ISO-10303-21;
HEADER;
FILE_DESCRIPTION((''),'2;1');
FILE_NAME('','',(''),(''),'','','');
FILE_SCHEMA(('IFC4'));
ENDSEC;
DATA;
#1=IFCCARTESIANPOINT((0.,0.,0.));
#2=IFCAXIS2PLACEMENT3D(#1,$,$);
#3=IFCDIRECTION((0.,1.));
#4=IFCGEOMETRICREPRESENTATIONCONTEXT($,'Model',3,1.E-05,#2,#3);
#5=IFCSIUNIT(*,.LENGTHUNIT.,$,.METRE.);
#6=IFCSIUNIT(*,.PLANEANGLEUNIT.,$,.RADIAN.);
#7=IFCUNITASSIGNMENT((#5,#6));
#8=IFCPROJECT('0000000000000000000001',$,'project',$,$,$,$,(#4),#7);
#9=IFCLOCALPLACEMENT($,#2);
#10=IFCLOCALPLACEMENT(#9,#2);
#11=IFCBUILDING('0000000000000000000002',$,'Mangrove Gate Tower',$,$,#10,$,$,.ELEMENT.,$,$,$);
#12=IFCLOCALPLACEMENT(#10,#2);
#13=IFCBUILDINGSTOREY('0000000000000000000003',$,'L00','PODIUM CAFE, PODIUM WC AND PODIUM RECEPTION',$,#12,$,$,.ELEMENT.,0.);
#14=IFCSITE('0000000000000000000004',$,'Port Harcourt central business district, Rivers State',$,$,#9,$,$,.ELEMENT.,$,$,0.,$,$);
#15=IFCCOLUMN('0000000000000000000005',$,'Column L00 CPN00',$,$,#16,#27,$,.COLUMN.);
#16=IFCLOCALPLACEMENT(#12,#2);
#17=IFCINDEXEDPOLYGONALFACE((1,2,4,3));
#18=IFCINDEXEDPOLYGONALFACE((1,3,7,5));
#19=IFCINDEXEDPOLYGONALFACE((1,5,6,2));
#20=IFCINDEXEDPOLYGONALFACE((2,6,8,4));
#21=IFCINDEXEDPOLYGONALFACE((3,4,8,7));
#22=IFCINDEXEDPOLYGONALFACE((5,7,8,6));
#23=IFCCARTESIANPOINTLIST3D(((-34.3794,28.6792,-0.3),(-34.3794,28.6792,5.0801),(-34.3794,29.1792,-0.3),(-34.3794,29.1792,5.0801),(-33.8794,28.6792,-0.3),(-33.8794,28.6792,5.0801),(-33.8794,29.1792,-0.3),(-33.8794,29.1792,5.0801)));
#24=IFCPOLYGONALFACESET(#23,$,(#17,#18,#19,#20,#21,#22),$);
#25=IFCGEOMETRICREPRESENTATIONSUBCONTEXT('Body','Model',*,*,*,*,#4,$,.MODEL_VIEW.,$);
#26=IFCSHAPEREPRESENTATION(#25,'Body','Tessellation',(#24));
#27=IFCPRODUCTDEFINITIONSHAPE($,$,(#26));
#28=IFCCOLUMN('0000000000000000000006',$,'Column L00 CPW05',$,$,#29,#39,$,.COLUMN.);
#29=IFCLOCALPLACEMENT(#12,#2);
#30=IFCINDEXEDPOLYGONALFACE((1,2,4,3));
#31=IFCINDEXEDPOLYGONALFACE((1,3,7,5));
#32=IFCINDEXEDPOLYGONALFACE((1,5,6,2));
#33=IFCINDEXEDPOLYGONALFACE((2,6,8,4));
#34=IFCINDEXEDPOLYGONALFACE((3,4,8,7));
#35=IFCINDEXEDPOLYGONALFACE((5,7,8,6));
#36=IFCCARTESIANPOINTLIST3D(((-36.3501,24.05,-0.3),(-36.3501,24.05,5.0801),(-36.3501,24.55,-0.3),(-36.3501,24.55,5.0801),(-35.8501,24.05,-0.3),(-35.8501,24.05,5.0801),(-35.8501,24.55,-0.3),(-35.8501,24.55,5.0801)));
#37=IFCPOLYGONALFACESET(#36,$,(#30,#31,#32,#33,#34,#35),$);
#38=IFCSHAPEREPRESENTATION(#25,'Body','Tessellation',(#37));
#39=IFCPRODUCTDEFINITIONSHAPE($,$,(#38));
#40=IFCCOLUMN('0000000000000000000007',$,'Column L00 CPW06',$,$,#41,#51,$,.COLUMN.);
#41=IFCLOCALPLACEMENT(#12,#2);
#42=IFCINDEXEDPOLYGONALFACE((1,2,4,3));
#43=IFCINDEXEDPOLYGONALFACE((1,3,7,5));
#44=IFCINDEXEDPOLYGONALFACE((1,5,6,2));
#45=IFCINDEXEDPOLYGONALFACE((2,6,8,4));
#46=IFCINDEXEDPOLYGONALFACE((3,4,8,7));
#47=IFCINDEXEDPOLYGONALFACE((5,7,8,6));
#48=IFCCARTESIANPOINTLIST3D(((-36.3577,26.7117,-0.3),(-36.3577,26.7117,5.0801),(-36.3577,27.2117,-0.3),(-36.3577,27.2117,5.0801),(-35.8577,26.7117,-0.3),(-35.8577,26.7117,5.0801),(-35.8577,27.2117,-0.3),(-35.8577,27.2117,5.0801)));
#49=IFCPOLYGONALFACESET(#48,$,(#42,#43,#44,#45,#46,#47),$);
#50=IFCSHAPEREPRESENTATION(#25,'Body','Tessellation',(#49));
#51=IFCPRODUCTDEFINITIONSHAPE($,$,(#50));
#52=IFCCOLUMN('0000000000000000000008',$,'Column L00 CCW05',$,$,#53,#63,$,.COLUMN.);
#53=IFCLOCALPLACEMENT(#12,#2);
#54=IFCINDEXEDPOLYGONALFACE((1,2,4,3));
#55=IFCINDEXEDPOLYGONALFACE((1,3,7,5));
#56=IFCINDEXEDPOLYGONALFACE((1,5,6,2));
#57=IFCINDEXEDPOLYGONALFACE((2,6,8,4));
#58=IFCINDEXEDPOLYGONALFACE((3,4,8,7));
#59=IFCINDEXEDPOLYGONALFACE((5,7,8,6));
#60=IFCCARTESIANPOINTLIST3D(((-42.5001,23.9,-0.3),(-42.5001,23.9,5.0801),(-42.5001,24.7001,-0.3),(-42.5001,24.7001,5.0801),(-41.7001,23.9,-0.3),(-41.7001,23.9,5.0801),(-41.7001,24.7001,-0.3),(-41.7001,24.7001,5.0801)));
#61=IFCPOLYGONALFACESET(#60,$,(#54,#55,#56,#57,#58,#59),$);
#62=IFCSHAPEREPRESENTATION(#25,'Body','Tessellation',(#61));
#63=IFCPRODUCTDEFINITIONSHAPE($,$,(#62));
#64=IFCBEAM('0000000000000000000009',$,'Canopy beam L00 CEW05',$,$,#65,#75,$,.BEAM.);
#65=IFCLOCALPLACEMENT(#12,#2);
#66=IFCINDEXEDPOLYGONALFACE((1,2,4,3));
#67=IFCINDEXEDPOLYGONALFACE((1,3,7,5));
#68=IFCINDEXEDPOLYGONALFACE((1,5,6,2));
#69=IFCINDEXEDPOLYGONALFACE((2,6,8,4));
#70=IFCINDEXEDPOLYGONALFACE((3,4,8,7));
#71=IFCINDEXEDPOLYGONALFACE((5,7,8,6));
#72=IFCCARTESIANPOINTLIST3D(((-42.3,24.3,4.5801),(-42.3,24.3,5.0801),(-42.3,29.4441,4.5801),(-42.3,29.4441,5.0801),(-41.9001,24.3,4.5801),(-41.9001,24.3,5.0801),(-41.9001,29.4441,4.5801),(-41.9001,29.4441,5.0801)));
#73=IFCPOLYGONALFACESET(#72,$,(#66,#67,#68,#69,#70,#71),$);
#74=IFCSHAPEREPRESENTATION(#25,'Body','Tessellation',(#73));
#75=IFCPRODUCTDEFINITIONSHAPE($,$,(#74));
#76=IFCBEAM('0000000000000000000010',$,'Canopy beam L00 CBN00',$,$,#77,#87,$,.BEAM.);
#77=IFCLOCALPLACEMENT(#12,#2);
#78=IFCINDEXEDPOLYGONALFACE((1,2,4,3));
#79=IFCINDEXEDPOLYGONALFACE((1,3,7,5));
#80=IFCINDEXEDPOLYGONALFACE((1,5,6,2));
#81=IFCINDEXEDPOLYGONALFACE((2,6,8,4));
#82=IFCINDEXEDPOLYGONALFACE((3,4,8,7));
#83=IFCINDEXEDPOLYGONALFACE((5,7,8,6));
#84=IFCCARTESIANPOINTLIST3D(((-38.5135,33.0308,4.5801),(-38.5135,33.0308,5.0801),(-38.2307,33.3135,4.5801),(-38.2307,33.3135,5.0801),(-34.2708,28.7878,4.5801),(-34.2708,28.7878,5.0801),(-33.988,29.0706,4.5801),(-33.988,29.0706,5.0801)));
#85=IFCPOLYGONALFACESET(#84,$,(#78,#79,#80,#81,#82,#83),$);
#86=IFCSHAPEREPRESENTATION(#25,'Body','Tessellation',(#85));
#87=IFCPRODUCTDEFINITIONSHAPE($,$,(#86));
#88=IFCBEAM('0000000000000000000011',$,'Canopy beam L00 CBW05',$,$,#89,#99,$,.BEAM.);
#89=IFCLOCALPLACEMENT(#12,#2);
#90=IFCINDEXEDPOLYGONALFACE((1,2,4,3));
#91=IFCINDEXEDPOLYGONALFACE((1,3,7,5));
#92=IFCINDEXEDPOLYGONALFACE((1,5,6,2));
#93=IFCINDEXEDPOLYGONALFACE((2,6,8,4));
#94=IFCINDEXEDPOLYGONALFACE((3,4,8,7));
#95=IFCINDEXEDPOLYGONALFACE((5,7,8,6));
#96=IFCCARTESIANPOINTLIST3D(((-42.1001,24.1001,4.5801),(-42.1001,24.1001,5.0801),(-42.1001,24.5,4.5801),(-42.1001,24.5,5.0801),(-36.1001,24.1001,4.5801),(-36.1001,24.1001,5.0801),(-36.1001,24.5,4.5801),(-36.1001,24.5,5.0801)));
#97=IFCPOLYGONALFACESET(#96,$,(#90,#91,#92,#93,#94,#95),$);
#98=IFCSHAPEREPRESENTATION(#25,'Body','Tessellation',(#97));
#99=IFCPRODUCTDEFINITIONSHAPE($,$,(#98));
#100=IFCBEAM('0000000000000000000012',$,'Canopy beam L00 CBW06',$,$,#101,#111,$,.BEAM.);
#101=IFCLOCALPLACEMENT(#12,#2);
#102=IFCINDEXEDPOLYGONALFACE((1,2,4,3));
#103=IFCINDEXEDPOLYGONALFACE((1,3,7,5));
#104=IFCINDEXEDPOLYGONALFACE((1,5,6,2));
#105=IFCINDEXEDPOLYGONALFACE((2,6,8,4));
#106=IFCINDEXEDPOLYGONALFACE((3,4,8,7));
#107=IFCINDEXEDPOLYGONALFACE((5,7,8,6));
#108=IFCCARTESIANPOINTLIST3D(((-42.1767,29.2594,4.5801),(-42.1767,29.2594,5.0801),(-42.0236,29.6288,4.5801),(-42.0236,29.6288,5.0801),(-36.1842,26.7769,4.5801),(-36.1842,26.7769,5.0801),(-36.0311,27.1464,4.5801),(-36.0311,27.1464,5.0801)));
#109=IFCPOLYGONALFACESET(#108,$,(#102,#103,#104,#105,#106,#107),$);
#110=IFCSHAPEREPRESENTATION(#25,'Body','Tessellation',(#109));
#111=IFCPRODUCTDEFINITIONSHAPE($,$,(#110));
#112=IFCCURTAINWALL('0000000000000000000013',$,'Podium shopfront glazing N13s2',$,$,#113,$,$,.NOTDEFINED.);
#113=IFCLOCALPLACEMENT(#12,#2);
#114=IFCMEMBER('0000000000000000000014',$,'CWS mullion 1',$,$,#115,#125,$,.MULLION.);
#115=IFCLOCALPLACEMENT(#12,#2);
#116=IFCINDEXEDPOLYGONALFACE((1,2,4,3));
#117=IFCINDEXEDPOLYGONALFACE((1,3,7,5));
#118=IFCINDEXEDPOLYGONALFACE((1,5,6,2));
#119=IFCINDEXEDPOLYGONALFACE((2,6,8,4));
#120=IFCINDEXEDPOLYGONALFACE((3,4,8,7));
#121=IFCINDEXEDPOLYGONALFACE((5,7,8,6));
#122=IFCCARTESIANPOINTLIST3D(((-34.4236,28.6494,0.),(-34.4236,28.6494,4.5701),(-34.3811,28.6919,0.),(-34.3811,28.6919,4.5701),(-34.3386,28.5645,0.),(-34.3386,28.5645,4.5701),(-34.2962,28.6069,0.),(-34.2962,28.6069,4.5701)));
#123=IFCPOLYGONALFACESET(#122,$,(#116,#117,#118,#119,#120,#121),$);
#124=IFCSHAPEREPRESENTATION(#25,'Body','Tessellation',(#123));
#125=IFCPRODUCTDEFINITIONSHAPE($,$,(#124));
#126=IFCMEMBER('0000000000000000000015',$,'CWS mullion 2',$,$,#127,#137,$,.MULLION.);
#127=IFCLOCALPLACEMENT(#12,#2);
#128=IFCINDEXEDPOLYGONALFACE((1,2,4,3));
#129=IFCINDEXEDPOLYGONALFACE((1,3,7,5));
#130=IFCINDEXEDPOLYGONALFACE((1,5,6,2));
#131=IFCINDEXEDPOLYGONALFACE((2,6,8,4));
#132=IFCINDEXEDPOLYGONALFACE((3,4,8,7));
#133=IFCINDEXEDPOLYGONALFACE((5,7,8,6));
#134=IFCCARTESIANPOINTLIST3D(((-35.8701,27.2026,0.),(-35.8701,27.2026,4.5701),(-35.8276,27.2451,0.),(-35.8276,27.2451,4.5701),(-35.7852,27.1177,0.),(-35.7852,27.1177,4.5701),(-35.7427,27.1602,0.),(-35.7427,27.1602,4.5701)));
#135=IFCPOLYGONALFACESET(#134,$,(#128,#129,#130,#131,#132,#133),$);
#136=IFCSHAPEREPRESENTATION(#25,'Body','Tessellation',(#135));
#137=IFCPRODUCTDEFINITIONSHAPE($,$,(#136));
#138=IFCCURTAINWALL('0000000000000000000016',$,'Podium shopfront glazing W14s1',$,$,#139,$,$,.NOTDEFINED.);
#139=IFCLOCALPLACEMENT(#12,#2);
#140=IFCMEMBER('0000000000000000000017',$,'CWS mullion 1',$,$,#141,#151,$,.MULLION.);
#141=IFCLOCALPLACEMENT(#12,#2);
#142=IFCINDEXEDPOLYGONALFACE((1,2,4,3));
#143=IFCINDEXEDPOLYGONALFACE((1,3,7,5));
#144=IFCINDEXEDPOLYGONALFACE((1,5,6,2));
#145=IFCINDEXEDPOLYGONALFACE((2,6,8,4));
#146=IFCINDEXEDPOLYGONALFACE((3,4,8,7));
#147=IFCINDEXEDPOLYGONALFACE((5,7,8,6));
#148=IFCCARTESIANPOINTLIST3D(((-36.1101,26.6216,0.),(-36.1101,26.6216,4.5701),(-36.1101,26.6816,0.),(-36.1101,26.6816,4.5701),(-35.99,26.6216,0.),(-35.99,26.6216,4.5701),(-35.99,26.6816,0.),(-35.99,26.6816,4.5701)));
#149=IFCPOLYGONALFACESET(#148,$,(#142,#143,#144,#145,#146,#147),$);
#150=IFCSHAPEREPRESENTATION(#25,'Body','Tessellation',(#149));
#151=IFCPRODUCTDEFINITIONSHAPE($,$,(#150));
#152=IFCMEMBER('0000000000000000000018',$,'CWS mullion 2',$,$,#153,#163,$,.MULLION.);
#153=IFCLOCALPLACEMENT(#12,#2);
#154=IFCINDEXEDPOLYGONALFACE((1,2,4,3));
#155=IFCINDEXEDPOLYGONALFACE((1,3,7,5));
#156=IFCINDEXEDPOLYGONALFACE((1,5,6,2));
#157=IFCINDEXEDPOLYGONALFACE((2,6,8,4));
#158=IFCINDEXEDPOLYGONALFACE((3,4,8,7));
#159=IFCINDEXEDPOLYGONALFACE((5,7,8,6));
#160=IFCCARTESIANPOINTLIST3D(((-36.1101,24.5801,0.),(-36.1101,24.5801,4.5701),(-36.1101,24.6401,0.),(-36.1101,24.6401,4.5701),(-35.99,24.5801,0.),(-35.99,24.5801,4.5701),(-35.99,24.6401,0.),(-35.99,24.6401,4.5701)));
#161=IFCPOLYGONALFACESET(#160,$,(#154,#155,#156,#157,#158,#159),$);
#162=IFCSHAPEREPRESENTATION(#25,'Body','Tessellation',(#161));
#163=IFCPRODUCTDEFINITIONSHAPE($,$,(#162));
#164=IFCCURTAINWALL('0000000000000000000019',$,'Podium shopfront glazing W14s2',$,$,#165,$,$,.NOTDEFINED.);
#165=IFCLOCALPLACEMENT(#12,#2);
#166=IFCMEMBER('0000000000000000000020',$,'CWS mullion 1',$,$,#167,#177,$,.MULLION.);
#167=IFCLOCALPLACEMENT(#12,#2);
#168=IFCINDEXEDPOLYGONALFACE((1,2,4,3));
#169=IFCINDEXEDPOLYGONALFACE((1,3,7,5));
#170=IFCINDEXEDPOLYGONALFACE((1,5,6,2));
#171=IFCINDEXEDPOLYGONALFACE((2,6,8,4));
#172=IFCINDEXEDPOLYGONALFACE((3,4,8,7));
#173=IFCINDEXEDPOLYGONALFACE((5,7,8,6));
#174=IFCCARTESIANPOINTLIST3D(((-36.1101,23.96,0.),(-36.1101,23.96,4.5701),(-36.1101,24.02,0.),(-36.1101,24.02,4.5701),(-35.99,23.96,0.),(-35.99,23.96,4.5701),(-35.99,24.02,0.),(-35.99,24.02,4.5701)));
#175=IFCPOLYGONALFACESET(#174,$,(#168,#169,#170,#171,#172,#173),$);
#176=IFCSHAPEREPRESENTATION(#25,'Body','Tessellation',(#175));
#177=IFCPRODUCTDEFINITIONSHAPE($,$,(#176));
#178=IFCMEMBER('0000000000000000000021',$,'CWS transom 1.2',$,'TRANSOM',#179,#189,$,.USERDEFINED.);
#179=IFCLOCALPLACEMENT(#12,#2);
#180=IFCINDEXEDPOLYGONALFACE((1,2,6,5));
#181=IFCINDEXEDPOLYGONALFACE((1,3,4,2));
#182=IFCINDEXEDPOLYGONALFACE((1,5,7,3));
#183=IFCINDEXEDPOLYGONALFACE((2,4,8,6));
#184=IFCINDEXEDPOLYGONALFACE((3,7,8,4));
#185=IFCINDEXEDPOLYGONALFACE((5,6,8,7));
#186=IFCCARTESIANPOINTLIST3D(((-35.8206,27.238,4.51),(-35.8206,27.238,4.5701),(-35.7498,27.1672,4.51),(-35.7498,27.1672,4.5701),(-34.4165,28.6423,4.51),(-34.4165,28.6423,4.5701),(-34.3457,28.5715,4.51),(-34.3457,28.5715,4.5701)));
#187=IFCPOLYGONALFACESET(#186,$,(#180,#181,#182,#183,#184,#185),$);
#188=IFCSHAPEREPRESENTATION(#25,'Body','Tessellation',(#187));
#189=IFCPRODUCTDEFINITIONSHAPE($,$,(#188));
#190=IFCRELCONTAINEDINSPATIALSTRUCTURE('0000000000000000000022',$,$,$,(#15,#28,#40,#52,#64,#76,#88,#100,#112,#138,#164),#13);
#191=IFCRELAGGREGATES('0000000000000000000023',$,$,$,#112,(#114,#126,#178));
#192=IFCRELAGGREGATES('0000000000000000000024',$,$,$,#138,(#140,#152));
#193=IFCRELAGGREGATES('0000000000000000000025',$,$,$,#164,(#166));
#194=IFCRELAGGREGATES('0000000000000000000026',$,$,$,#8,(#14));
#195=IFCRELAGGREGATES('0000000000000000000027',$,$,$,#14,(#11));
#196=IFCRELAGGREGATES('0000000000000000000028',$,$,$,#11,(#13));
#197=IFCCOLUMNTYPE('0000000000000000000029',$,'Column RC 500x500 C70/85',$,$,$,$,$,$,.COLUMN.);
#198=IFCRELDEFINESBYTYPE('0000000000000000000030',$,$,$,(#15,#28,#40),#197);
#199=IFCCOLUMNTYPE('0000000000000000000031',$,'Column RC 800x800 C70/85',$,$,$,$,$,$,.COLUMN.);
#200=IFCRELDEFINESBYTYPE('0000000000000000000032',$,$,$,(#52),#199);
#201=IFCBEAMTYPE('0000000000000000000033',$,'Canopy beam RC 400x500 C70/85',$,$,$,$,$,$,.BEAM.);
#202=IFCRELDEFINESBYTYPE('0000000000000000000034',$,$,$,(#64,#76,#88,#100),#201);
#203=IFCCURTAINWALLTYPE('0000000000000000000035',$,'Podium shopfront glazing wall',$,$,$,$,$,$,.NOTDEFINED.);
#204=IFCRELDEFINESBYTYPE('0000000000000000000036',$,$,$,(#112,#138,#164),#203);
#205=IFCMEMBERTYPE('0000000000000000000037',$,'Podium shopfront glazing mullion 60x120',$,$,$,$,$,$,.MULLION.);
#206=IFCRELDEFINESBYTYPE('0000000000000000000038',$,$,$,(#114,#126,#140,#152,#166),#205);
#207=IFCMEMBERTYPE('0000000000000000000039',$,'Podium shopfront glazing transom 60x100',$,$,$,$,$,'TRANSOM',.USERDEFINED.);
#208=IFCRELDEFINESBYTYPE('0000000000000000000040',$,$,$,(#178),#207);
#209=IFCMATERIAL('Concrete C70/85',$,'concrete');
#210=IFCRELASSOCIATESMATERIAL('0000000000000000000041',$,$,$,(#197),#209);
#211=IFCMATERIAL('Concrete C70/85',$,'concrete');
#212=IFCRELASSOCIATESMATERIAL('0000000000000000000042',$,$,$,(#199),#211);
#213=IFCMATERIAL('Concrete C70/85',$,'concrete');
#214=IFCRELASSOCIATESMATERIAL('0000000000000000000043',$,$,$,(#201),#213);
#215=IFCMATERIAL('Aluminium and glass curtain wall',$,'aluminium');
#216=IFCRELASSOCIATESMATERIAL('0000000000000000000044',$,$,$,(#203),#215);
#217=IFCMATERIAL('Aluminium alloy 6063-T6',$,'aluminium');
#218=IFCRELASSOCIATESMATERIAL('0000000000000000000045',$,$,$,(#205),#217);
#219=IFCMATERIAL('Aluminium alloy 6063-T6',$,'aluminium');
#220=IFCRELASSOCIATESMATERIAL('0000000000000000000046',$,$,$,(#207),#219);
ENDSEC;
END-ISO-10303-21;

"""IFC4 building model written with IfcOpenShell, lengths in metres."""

from ifc_helpers import new_model, si_unit, direction, frame, origin, origin_2d, place, context, subcontext, project, spatial, rectangle, extrude, material, material_profile, profile_set, type_object, element, aggregate, save


model = new_model("IFC4")

# Units and contexts
model_context = context("Model", 3, precision=1e-05, world=origin(), true_north=direction((0.0, 1.0)))
body_context = subcontext(model_context, "Body", "Model", "MODEL_VIEW")
ifc_project = project(units=[si_unit("LENGTHUNIT", "METRE"), si_unit("PLANEANGLEUNIT", "RADIAN")], contexts=[model_context])

# Site, building, storey
site_placement = place(None, origin())
site = spatial("IfcSite", under=ifc_project, at=site_placement, Name="Port Harcourt central business district, Rivers State", CompositionType="ELEMENT", RefElevation=0.0)
building_placement = place(site_placement, origin())
building = spatial("IfcBuilding", under=site, at=building_placement, Name="Mangrove Gate Tower", CompositionType="ELEMENT")
storey_placement = place(building_placement, origin())
storey = spatial("IfcBuildingStorey", under=building, at=storey_placement, Name="L00", Description="PODIUM CAFE, PODIUM WC AND PODIUM RECEPTION", CompositionType="ELEMENT", Elevation=0.0)

# Columns
ifc_material_1 = material(Name="Concrete C70/85", Category="concrete")
ifc_material_profile_1 = material_profile(ifc_material_1, rectangle(XDim=0.5, YDim=0.5, at=origin_2d()))
ifc_profile_set_1 = profile_set([ifc_material_profile_1], Name="Concrete C70/85")
column_type_1 = type_object("IfcColumnType", Name="Column RC 500x500 C70/85", PredefinedType="COLUMN", material=ifc_profile_set_1)
for number, where, z_axis, x_axis, name in (
    (1, (-34.1294, 28.9292, -0.3), (0.0, 0.0, 1.0), (1.0, 0.0, 0.0), "Column L00 CPN00"),
    (2, (-36.1001, 24.3, -0.3), (0.0, 0.0, 1.0), (1.0, 0.0, 0.0), "Column L00 CPW05"),
    (3, (-36.1077, 26.9617, -0.3), (0.0, 0.0, 1.0), (1.0, 0.0, 0.0), "Column L00 CPW06"),
):
    element("IfcColumn", number, at=place(storey_placement, frame(where, z_axis=z_axis, x_axis=x_axis)), inside=storey, type_object=column_type_1, Name=name, PredefinedType="COLUMN", context=body_context, shape_type="SweptSolid", body=[
        extrude(rectangle(XDim=0.5, YDim=0.5, at=origin_2d()), origin(), (0.0, 0.0, 1.0), 5.3801),
    ])
ifc_material_2 = material(Name="Concrete C70/85", Category="concrete")
ifc_material_profile_2 = material_profile(ifc_material_2, rectangle(XDim=0.8, YDim=0.8, at=origin_2d()))
ifc_profile_set_2 = profile_set([ifc_material_profile_2], Name="Concrete C70/85")
column_type_2 = type_object("IfcColumnType", Name="Column RC 800x800 C70/85", PredefinedType="COLUMN", material=ifc_profile_set_2)
column_1_placement = place(storey_placement, frame((-42.1001, 24.3, -0.3), z_axis=(0.0, 0.0, 1.0), x_axis=(1.0, 0.0, 0.0)))
element("IfcColumn", 4, at=column_1_placement, inside=storey, type_object=column_type_2, Name="Column L00 CCW05", PredefinedType="COLUMN", context=body_context, shape_type="SweptSolid", body=[
    extrude(rectangle(XDim=0.8, YDim=0.8, at=origin_2d()), origin(), (0.0, 0.0, 1.0), 5.3801),
])

# Beams
ifc_material_3 = material(Name="Concrete C70/85", Category="concrete")
ifc_material_profile_3 = material_profile(ifc_material_3, rectangle(XDim=0.3999, YDim=0.5, at=origin_2d()))
ifc_profile_set_3 = profile_set([ifc_material_profile_3], Name="Concrete C70/85")
beam_type = type_object("IfcBeamType", Name="Canopy beam RC 400x500 C70/85", PredefinedType="BEAM", material=ifc_profile_set_3)
beam_1_placement = place(storey_placement, frame((-42.1001, 24.3, 4.8301), z_axis=(0.0, 1.0, 0.0), x_axis=(-1.0, 0.0, 0.0)))
element("IfcBeam", 5, at=beam_1_placement, inside=storey, type_object=beam_type, Name="Canopy beam L00 CEW05", PredefinedType="BEAM", context=body_context, shape_type="SweptSolid", body=[
    extrude(rectangle(XDim=0.3999, YDim=0.5, at=origin_2d()), origin(), (0.0, 0.0, 1.0), 5.144),
])
beam_2_placement = place(storey_placement, frame((-34.1294, 28.9292, 4.8301), z_axis=(-0.707086, 0.707127, 0.0), x_axis=(-0.707127, -0.707086, 0.0)))
element("IfcBeam", 6, at=beam_2_placement, inside=storey, type_object=beam_type, Name="Canopy beam L00 CBN00", PredefinedType="BEAM", context=body_context, shape_type="SweptSolid", body=[
    extrude(rectangle(XDim=0.3999, YDim=0.5, at=origin_2d()), origin(), (0.0, 0.0, 1.0), 6.0002),
])
beam_3_placement = place(storey_placement, frame((-36.1001, 24.3, 4.8301), z_axis=(-1.0, 0.0, 0.0), x_axis=(0.0, -1.0, 0.0)))
element("IfcBeam", 7, at=beam_3_placement, inside=storey, type_object=beam_type, Name="Canopy beam L00 CBW05", PredefinedType="BEAM", context=body_context, shape_type="SweptSolid", body=[
    extrude(rectangle(XDim=0.3999, YDim=0.5, at=origin_2d()), origin(), (0.0, 0.0, 1.0), 6.0),
])
beam_4_placement = place(storey_placement, frame((-36.1077, 26.9617, 4.8301), z_axis=(-0.923865, 0.38272, 0.0), x_axis=(-0.38272, -0.923865, 0.0)))
element("IfcBeam", 8, at=beam_4_placement, inside=storey, type_object=beam_type, Name="Canopy beam L00 CBW06", PredefinedType="BEAM", context=body_context, shape_type="SweptSolid", body=[
    extrude(rectangle(XDim=0.3999, YDim=0.5, at=origin_2d()), origin(), (0.0, 0.0, 1.0), 6.4863),
])

# Curtain walls, members
ifc_material_4 = material(Name="Aluminium and glass curtain wall", Category="aluminium")
curtain_wall_type = type_object("IfcCurtainWallType", Name="Podium shopfront glazing wall", PredefinedType="NOTDEFINED", material=ifc_material_4)
curtain_wall_1_placement = place(storey_placement, origin())
curtain_wall_1 = element("IfcCurtainWall", 9, at=curtain_wall_1_placement, inside=storey, type_object=curtain_wall_type, Name="Podium shopfront glazing N13s2", PredefinedType="NOTDEFINED")
ifc_material_5 = material(Name="Aluminium alloy 6063-T6", Category="aluminium")
ifc_material_profile_4 = material_profile(ifc_material_5, rectangle(XDim=0.0601, YDim=0.1201, at=origin_2d()))
ifc_profile_set_4 = profile_set([ifc_material_profile_4], Name="Aluminium alloy 6063-T6")
member_type_1 = type_object("IfcMemberType", Name="Podium shopfront glazing mullion 60x120", PredefinedType="MULLION", material=ifc_profile_set_4)
member_1_placement = place(storey_placement, frame((-34.3599, 28.6282, 0.0), z_axis=(0.0, 0.0, 1.0), x_axis=(-0.707107, -0.707107, 0.0)))
member_1 = element("IfcMember", 10, at=member_1_placement, type_object=member_type_1, Name="CWS mullion 1", PredefinedType="MULLION", context=body_context, shape_type="SweptSolid", body=[
    extrude(rectangle(XDim=0.0601, YDim=0.1201, at=origin_2d()), origin(), (0.0, 0.0, 1.0), 4.5701),
])
member_2_placement = place(storey_placement, frame((-35.8064, 27.1814, 0.0), z_axis=(0.0, 0.0, 1.0), x_axis=(-0.707107, -0.707107, 0.0)))
member_2 = element("IfcMember", 11, at=member_2_placement, type_object=member_type_1, Name="CWS mullion 2", PredefinedType="MULLION", context=body_context, shape_type="SweptSolid", body=[
    extrude(rectangle(XDim=0.0601, YDim=0.1201, at=origin_2d()), origin(), (0.0, 0.0, 1.0), 4.5701),
])
curtain_wall_2_placement = place(storey_placement, origin())
curtain_wall_2 = element("IfcCurtainWall", 12, at=curtain_wall_2_placement, inside=storey, type_object=curtain_wall_type, Name="Podium shopfront glazing W14s1", PredefinedType="NOTDEFINED")
member_3_placement = place(storey_placement, frame((-36.05, 26.6516, 0.0), z_axis=(0.0, 0.0, 1.0), x_axis=(0.0, -1.0, 0.0)))
member_3 = element("IfcMember", 13, at=member_3_placement, type_object=member_type_1, Name="CWS mullion 1", PredefinedType="MULLION", context=body_context, shape_type="SweptSolid", body=[
    extrude(rectangle(XDim=0.0601, YDim=0.1201, at=origin_2d()), origin(), (0.0, 0.0, 1.0), 4.5701),
])
member_4_placement = place(storey_placement, frame((-36.05, 24.6101, 0.0), z_axis=(0.0, 0.0, 1.0), x_axis=(0.0, -1.0, 0.0)))
member_4 = element("IfcMember", 14, at=member_4_placement, type_object=member_type_1, Name="CWS mullion 2", PredefinedType="MULLION", context=body_context, shape_type="SweptSolid", body=[
    extrude(rectangle(XDim=0.0601, YDim=0.1201, at=origin_2d()), origin(), (0.0, 0.0, 1.0), 4.5701),
])

# Curtain wall, member
curtain_wall_3_placement = place(storey_placement, origin())
curtain_wall_3 = element("IfcCurtainWall", 15, at=curtain_wall_3_placement, inside=storey, type_object=curtain_wall_type, Name="Podium shopfront glazing W14s2", PredefinedType="NOTDEFINED")
member_5_placement = place(storey_placement, frame((-36.05, 23.99, 0.0), z_axis=(0.0, 0.0, 1.0), x_axis=(0.0, -1.0, 0.0)))
member_5 = element("IfcMember", 16, at=member_5_placement, type_object=member_type_1, Name="CWS mullion 1", PredefinedType="MULLION", context=body_context, shape_type="SweptSolid", body=[
    extrude(rectangle(XDim=0.0601, YDim=0.1201, at=origin_2d()), origin(), (0.0, 0.0, 1.0), 4.5701),
])

# Member
ifc_material_6 = material(Name="Aluminium alloy 6063-T6", Category="aluminium")
ifc_material_profile_5 = material_profile(ifc_material_6, rectangle(XDim=0.0601, YDim=0.1001, at=origin_2d()))
ifc_profile_set_5 = profile_set([ifc_material_profile_5], Name="Aluminium alloy 6063-T6")
member_type_2 = type_object("IfcMemberType", Name="Podium shopfront glazing transom 60x100", ElementType="TRANSOM", PredefinedType="USERDEFINED", material=ifc_profile_set_5)
member_6_placement = place(storey_placement, frame((-34.3811, 28.6069, 4.54), z_axis=(-0.707045, -0.707168, 0.0), x_axis=(0.0, 0.0, 1.0)))
member_6 = element("IfcMember", 17, at=member_6_placement, type_object=member_type_2, Name="CWS transom 1.2", ObjectType="TRANSOM", PredefinedType="USERDEFINED", context=body_context, shape_type="SweptSolid", body=[
    extrude(rectangle(XDim=0.0601, YDim=0.1001, at=origin_2d()), origin(), (0.0, 0.0, 1.0), 1.9858),
])

aggregate(curtain_wall_1, [member_1, member_2, member_6])
aggregate(curtain_wall_2, [member_3, member_4])
aggregate(curtain_wall_3, [member_5])

save(model, "model.ifc")
